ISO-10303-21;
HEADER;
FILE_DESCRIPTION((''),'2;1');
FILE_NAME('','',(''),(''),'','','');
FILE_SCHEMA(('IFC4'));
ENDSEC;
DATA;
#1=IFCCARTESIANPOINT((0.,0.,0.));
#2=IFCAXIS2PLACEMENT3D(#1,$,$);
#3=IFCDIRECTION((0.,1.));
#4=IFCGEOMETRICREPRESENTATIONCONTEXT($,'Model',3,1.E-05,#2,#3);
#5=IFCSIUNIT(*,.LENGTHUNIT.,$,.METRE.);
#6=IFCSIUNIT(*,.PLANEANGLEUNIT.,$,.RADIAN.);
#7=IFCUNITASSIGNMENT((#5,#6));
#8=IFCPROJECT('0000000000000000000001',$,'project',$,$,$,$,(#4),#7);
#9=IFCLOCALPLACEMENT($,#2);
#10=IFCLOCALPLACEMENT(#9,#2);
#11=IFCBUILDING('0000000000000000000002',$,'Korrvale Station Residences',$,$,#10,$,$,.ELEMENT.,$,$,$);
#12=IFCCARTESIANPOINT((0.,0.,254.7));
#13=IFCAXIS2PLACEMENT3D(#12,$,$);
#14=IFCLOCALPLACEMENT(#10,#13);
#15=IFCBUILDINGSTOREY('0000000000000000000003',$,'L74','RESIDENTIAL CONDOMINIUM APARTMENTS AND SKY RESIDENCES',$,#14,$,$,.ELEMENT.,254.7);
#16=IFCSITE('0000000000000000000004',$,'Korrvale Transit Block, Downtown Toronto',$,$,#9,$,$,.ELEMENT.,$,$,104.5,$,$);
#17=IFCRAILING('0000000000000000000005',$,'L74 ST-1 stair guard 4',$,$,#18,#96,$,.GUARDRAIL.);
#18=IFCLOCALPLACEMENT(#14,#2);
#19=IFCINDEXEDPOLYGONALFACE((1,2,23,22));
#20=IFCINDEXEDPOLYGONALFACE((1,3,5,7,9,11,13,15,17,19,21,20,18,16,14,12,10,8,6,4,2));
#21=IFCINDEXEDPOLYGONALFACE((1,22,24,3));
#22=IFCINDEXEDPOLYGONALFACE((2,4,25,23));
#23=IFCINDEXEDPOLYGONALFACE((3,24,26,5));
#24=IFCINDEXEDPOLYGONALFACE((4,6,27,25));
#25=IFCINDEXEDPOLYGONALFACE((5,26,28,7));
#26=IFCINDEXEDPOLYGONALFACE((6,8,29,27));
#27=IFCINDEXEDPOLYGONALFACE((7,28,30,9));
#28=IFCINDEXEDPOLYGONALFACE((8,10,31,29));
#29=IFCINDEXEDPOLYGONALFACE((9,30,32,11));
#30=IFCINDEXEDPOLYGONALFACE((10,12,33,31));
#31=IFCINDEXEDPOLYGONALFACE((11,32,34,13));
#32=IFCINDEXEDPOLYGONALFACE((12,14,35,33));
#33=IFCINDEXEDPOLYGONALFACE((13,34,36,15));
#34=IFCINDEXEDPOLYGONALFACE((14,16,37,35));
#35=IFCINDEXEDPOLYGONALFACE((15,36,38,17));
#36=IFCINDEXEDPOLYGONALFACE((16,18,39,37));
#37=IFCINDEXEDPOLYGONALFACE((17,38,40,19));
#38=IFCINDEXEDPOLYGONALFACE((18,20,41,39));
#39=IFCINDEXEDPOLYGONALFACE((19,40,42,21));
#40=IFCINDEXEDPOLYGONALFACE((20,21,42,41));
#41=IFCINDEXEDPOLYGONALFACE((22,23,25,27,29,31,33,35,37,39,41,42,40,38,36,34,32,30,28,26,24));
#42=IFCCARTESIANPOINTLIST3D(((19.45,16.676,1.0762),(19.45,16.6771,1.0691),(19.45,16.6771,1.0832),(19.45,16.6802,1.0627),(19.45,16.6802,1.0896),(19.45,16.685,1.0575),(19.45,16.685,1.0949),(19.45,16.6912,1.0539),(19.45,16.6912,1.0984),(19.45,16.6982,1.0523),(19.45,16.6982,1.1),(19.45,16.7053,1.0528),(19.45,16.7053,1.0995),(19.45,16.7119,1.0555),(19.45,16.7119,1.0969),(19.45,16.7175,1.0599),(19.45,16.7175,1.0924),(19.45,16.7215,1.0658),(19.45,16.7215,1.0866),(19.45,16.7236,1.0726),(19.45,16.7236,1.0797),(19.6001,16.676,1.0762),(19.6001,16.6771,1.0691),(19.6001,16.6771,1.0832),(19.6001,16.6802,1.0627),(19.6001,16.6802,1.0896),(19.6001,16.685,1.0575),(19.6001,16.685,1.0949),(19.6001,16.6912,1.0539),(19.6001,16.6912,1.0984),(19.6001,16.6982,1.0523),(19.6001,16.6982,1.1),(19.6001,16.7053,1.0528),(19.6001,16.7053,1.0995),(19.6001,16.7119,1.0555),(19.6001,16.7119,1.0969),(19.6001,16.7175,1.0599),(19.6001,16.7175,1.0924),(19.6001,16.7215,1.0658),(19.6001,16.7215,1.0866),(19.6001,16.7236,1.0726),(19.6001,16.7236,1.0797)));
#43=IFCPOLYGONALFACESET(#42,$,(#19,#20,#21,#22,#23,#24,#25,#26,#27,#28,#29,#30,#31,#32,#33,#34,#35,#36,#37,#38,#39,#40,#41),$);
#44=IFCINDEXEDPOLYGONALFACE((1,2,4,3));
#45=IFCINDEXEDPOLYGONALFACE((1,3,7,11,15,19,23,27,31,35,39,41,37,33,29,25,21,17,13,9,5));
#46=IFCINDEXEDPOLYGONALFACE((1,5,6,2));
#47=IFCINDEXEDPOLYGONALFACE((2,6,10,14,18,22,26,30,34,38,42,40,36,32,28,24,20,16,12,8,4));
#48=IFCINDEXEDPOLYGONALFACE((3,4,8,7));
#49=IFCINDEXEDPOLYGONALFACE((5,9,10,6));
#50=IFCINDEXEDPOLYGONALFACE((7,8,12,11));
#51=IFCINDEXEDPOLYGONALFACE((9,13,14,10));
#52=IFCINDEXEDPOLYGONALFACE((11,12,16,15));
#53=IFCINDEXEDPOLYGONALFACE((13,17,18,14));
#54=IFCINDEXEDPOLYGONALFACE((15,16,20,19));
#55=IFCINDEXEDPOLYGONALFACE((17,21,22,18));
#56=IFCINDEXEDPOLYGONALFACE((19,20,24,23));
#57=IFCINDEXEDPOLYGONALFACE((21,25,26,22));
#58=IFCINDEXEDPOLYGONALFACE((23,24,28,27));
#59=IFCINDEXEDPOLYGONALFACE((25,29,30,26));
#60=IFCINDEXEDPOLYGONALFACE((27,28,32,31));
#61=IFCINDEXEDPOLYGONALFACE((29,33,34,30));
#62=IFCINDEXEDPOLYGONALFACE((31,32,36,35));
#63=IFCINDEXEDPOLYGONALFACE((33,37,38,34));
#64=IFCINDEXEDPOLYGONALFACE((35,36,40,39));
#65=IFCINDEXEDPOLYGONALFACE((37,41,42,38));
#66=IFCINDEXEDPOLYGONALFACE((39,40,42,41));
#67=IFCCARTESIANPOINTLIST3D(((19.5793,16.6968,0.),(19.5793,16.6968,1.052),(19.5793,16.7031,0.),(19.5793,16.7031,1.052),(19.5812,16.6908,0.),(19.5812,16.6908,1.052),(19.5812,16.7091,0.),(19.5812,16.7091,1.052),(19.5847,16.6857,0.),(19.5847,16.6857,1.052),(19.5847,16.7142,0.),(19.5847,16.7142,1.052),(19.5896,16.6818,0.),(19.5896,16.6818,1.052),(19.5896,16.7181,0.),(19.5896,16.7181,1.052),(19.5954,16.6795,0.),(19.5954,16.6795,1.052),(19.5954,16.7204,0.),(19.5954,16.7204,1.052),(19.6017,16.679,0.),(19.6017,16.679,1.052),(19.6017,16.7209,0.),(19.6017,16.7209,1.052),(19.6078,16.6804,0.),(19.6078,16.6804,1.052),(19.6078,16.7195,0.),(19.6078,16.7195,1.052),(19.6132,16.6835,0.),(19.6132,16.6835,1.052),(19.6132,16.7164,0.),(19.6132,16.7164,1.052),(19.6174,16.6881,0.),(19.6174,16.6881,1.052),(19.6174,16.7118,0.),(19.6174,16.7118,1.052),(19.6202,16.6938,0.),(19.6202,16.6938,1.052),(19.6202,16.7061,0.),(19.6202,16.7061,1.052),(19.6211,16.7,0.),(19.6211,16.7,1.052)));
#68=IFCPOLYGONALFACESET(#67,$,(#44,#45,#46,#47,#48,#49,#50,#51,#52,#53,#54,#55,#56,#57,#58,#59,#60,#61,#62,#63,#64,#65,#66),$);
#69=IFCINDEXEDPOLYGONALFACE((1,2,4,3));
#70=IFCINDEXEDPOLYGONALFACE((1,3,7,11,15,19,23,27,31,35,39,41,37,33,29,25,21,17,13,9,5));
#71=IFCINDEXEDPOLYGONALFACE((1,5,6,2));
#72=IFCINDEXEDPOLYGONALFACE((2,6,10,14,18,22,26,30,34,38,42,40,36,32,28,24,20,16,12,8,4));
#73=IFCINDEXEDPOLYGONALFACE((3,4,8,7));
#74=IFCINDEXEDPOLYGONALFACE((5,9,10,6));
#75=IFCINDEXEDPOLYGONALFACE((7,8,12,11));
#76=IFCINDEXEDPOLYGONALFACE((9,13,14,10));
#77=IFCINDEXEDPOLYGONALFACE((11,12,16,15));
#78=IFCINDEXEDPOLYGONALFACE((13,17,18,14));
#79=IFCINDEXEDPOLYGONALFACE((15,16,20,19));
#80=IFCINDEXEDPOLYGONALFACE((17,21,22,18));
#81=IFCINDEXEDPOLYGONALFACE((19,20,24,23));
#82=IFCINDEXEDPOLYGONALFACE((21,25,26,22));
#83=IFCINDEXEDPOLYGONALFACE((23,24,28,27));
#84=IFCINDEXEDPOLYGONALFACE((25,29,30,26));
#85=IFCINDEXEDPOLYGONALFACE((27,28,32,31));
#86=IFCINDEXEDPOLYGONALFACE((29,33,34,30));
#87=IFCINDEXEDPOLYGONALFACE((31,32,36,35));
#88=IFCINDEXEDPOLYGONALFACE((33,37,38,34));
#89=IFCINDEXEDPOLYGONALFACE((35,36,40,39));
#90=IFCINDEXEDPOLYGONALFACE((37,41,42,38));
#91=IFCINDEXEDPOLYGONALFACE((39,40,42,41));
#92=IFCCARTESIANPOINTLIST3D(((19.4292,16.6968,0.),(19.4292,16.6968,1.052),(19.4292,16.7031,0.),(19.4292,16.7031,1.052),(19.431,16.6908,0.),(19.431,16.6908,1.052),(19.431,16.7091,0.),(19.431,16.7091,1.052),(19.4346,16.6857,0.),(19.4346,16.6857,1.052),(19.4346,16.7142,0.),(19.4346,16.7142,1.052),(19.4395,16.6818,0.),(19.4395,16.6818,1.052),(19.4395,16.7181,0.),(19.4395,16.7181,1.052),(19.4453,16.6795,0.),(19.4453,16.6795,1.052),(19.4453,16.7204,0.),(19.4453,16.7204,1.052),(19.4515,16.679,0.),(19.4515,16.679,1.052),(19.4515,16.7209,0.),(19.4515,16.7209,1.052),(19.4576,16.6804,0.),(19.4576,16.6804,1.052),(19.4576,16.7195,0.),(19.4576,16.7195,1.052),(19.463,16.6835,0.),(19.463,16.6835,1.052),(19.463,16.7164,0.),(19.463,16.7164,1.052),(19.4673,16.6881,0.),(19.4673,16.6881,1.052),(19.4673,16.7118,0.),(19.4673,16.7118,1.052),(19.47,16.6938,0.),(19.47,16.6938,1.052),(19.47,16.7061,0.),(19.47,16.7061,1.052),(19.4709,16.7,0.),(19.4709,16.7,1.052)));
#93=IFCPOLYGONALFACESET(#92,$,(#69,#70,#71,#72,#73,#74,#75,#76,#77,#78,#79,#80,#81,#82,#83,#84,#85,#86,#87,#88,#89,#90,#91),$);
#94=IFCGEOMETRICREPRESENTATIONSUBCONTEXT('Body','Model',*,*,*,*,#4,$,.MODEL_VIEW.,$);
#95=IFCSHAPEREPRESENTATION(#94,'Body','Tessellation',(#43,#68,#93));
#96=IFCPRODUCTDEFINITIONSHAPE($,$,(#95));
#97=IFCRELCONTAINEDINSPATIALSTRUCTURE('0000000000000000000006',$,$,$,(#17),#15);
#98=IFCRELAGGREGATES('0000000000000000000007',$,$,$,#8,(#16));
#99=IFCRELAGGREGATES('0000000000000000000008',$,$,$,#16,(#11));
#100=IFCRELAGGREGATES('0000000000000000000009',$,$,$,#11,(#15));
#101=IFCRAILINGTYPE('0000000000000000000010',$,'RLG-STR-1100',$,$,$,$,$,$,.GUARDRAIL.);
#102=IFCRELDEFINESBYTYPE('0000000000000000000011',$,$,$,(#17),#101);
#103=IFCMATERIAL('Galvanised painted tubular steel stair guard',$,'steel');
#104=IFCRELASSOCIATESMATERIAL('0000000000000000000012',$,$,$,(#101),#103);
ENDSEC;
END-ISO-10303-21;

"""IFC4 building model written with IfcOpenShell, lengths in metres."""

from ifc_helpers import new_model, si_unit, direction, frame, origin, origin_2d, place, context, subcontext, project, spatial, circle, extrude, material, type_object, element, save


model = new_model("IFC4")

# Units and contexts
model_context = context("Model", 3, precision=1e-05, world=origin(), true_north=direction((0.0, 1.0)))
body_context = subcontext(model_context, "Body", "Model", "MODEL_VIEW")
ifc_project = project(units=[si_unit("LENGTHUNIT", "METRE"), si_unit("PLANEANGLEUNIT", "RADIAN")], contexts=[model_context])

# Site, building, storey
site_placement = place(None, origin())
site = spatial("IfcSite", under=ifc_project, at=site_placement, Name="Korrvale Transit Block, Downtown Toronto", CompositionType="ELEMENT", RefElevation=104.5)
building_placement = place(site_placement, origin())
building = spatial("IfcBuilding", under=site, at=building_placement, Name="Korrvale Station Residences", CompositionType="ELEMENT")
storey_placement = place(building_placement, frame((0.0, 0.0, 254.7)))
storey = spatial("IfcBuildingStorey", under=building, at=storey_placement, Name="L74", Description="RESIDENTIAL CONDOMINIUM APARTMENTS AND SKY RESIDENCES", CompositionType="ELEMENT", Elevation=254.7)

# Railing
ifc_material_1 = material(Name="Galvanised painted tubular steel stair guard", Category="steel")
railing_type_1 = type_object("IfcRailingType", Name="RLG-STR-1100", PredefinedType="GUARDRAIL", material=ifc_material_1)
railing_1_placement = place(storey_placement, frame((19.6001, 16.7, 0.0)))
element("IfcRailing", 1, at=railing_1_placement, inside=storey, type_object=railing_type_1, Name="L74 ST-1 stair guard 4", PredefinedType="GUARDRAIL", context=body_context, shape_type="SweptSolid", body=[
    extrude(circle(Radius=0.0239, at=origin_2d()), frame((0.0, 0.0, 1.0762), z_axis=(-1.0, 0.0, 0.0), x_axis=(0.0, -1.0, 0.0)), (0.0, 0.0, 1.0), 0.1501),
    extrude(circle(Radius=0.021, at=origin_2d()), origin(), (0.0, 0.0, 1.0), 1.052),
    extrude(circle(Radius=0.021, at=origin_2d()), frame((-0.1501, 0.0, 0.0)), (0.0, 0.0, 1.0), 1.052),
])

save(model, "model.ifc")
